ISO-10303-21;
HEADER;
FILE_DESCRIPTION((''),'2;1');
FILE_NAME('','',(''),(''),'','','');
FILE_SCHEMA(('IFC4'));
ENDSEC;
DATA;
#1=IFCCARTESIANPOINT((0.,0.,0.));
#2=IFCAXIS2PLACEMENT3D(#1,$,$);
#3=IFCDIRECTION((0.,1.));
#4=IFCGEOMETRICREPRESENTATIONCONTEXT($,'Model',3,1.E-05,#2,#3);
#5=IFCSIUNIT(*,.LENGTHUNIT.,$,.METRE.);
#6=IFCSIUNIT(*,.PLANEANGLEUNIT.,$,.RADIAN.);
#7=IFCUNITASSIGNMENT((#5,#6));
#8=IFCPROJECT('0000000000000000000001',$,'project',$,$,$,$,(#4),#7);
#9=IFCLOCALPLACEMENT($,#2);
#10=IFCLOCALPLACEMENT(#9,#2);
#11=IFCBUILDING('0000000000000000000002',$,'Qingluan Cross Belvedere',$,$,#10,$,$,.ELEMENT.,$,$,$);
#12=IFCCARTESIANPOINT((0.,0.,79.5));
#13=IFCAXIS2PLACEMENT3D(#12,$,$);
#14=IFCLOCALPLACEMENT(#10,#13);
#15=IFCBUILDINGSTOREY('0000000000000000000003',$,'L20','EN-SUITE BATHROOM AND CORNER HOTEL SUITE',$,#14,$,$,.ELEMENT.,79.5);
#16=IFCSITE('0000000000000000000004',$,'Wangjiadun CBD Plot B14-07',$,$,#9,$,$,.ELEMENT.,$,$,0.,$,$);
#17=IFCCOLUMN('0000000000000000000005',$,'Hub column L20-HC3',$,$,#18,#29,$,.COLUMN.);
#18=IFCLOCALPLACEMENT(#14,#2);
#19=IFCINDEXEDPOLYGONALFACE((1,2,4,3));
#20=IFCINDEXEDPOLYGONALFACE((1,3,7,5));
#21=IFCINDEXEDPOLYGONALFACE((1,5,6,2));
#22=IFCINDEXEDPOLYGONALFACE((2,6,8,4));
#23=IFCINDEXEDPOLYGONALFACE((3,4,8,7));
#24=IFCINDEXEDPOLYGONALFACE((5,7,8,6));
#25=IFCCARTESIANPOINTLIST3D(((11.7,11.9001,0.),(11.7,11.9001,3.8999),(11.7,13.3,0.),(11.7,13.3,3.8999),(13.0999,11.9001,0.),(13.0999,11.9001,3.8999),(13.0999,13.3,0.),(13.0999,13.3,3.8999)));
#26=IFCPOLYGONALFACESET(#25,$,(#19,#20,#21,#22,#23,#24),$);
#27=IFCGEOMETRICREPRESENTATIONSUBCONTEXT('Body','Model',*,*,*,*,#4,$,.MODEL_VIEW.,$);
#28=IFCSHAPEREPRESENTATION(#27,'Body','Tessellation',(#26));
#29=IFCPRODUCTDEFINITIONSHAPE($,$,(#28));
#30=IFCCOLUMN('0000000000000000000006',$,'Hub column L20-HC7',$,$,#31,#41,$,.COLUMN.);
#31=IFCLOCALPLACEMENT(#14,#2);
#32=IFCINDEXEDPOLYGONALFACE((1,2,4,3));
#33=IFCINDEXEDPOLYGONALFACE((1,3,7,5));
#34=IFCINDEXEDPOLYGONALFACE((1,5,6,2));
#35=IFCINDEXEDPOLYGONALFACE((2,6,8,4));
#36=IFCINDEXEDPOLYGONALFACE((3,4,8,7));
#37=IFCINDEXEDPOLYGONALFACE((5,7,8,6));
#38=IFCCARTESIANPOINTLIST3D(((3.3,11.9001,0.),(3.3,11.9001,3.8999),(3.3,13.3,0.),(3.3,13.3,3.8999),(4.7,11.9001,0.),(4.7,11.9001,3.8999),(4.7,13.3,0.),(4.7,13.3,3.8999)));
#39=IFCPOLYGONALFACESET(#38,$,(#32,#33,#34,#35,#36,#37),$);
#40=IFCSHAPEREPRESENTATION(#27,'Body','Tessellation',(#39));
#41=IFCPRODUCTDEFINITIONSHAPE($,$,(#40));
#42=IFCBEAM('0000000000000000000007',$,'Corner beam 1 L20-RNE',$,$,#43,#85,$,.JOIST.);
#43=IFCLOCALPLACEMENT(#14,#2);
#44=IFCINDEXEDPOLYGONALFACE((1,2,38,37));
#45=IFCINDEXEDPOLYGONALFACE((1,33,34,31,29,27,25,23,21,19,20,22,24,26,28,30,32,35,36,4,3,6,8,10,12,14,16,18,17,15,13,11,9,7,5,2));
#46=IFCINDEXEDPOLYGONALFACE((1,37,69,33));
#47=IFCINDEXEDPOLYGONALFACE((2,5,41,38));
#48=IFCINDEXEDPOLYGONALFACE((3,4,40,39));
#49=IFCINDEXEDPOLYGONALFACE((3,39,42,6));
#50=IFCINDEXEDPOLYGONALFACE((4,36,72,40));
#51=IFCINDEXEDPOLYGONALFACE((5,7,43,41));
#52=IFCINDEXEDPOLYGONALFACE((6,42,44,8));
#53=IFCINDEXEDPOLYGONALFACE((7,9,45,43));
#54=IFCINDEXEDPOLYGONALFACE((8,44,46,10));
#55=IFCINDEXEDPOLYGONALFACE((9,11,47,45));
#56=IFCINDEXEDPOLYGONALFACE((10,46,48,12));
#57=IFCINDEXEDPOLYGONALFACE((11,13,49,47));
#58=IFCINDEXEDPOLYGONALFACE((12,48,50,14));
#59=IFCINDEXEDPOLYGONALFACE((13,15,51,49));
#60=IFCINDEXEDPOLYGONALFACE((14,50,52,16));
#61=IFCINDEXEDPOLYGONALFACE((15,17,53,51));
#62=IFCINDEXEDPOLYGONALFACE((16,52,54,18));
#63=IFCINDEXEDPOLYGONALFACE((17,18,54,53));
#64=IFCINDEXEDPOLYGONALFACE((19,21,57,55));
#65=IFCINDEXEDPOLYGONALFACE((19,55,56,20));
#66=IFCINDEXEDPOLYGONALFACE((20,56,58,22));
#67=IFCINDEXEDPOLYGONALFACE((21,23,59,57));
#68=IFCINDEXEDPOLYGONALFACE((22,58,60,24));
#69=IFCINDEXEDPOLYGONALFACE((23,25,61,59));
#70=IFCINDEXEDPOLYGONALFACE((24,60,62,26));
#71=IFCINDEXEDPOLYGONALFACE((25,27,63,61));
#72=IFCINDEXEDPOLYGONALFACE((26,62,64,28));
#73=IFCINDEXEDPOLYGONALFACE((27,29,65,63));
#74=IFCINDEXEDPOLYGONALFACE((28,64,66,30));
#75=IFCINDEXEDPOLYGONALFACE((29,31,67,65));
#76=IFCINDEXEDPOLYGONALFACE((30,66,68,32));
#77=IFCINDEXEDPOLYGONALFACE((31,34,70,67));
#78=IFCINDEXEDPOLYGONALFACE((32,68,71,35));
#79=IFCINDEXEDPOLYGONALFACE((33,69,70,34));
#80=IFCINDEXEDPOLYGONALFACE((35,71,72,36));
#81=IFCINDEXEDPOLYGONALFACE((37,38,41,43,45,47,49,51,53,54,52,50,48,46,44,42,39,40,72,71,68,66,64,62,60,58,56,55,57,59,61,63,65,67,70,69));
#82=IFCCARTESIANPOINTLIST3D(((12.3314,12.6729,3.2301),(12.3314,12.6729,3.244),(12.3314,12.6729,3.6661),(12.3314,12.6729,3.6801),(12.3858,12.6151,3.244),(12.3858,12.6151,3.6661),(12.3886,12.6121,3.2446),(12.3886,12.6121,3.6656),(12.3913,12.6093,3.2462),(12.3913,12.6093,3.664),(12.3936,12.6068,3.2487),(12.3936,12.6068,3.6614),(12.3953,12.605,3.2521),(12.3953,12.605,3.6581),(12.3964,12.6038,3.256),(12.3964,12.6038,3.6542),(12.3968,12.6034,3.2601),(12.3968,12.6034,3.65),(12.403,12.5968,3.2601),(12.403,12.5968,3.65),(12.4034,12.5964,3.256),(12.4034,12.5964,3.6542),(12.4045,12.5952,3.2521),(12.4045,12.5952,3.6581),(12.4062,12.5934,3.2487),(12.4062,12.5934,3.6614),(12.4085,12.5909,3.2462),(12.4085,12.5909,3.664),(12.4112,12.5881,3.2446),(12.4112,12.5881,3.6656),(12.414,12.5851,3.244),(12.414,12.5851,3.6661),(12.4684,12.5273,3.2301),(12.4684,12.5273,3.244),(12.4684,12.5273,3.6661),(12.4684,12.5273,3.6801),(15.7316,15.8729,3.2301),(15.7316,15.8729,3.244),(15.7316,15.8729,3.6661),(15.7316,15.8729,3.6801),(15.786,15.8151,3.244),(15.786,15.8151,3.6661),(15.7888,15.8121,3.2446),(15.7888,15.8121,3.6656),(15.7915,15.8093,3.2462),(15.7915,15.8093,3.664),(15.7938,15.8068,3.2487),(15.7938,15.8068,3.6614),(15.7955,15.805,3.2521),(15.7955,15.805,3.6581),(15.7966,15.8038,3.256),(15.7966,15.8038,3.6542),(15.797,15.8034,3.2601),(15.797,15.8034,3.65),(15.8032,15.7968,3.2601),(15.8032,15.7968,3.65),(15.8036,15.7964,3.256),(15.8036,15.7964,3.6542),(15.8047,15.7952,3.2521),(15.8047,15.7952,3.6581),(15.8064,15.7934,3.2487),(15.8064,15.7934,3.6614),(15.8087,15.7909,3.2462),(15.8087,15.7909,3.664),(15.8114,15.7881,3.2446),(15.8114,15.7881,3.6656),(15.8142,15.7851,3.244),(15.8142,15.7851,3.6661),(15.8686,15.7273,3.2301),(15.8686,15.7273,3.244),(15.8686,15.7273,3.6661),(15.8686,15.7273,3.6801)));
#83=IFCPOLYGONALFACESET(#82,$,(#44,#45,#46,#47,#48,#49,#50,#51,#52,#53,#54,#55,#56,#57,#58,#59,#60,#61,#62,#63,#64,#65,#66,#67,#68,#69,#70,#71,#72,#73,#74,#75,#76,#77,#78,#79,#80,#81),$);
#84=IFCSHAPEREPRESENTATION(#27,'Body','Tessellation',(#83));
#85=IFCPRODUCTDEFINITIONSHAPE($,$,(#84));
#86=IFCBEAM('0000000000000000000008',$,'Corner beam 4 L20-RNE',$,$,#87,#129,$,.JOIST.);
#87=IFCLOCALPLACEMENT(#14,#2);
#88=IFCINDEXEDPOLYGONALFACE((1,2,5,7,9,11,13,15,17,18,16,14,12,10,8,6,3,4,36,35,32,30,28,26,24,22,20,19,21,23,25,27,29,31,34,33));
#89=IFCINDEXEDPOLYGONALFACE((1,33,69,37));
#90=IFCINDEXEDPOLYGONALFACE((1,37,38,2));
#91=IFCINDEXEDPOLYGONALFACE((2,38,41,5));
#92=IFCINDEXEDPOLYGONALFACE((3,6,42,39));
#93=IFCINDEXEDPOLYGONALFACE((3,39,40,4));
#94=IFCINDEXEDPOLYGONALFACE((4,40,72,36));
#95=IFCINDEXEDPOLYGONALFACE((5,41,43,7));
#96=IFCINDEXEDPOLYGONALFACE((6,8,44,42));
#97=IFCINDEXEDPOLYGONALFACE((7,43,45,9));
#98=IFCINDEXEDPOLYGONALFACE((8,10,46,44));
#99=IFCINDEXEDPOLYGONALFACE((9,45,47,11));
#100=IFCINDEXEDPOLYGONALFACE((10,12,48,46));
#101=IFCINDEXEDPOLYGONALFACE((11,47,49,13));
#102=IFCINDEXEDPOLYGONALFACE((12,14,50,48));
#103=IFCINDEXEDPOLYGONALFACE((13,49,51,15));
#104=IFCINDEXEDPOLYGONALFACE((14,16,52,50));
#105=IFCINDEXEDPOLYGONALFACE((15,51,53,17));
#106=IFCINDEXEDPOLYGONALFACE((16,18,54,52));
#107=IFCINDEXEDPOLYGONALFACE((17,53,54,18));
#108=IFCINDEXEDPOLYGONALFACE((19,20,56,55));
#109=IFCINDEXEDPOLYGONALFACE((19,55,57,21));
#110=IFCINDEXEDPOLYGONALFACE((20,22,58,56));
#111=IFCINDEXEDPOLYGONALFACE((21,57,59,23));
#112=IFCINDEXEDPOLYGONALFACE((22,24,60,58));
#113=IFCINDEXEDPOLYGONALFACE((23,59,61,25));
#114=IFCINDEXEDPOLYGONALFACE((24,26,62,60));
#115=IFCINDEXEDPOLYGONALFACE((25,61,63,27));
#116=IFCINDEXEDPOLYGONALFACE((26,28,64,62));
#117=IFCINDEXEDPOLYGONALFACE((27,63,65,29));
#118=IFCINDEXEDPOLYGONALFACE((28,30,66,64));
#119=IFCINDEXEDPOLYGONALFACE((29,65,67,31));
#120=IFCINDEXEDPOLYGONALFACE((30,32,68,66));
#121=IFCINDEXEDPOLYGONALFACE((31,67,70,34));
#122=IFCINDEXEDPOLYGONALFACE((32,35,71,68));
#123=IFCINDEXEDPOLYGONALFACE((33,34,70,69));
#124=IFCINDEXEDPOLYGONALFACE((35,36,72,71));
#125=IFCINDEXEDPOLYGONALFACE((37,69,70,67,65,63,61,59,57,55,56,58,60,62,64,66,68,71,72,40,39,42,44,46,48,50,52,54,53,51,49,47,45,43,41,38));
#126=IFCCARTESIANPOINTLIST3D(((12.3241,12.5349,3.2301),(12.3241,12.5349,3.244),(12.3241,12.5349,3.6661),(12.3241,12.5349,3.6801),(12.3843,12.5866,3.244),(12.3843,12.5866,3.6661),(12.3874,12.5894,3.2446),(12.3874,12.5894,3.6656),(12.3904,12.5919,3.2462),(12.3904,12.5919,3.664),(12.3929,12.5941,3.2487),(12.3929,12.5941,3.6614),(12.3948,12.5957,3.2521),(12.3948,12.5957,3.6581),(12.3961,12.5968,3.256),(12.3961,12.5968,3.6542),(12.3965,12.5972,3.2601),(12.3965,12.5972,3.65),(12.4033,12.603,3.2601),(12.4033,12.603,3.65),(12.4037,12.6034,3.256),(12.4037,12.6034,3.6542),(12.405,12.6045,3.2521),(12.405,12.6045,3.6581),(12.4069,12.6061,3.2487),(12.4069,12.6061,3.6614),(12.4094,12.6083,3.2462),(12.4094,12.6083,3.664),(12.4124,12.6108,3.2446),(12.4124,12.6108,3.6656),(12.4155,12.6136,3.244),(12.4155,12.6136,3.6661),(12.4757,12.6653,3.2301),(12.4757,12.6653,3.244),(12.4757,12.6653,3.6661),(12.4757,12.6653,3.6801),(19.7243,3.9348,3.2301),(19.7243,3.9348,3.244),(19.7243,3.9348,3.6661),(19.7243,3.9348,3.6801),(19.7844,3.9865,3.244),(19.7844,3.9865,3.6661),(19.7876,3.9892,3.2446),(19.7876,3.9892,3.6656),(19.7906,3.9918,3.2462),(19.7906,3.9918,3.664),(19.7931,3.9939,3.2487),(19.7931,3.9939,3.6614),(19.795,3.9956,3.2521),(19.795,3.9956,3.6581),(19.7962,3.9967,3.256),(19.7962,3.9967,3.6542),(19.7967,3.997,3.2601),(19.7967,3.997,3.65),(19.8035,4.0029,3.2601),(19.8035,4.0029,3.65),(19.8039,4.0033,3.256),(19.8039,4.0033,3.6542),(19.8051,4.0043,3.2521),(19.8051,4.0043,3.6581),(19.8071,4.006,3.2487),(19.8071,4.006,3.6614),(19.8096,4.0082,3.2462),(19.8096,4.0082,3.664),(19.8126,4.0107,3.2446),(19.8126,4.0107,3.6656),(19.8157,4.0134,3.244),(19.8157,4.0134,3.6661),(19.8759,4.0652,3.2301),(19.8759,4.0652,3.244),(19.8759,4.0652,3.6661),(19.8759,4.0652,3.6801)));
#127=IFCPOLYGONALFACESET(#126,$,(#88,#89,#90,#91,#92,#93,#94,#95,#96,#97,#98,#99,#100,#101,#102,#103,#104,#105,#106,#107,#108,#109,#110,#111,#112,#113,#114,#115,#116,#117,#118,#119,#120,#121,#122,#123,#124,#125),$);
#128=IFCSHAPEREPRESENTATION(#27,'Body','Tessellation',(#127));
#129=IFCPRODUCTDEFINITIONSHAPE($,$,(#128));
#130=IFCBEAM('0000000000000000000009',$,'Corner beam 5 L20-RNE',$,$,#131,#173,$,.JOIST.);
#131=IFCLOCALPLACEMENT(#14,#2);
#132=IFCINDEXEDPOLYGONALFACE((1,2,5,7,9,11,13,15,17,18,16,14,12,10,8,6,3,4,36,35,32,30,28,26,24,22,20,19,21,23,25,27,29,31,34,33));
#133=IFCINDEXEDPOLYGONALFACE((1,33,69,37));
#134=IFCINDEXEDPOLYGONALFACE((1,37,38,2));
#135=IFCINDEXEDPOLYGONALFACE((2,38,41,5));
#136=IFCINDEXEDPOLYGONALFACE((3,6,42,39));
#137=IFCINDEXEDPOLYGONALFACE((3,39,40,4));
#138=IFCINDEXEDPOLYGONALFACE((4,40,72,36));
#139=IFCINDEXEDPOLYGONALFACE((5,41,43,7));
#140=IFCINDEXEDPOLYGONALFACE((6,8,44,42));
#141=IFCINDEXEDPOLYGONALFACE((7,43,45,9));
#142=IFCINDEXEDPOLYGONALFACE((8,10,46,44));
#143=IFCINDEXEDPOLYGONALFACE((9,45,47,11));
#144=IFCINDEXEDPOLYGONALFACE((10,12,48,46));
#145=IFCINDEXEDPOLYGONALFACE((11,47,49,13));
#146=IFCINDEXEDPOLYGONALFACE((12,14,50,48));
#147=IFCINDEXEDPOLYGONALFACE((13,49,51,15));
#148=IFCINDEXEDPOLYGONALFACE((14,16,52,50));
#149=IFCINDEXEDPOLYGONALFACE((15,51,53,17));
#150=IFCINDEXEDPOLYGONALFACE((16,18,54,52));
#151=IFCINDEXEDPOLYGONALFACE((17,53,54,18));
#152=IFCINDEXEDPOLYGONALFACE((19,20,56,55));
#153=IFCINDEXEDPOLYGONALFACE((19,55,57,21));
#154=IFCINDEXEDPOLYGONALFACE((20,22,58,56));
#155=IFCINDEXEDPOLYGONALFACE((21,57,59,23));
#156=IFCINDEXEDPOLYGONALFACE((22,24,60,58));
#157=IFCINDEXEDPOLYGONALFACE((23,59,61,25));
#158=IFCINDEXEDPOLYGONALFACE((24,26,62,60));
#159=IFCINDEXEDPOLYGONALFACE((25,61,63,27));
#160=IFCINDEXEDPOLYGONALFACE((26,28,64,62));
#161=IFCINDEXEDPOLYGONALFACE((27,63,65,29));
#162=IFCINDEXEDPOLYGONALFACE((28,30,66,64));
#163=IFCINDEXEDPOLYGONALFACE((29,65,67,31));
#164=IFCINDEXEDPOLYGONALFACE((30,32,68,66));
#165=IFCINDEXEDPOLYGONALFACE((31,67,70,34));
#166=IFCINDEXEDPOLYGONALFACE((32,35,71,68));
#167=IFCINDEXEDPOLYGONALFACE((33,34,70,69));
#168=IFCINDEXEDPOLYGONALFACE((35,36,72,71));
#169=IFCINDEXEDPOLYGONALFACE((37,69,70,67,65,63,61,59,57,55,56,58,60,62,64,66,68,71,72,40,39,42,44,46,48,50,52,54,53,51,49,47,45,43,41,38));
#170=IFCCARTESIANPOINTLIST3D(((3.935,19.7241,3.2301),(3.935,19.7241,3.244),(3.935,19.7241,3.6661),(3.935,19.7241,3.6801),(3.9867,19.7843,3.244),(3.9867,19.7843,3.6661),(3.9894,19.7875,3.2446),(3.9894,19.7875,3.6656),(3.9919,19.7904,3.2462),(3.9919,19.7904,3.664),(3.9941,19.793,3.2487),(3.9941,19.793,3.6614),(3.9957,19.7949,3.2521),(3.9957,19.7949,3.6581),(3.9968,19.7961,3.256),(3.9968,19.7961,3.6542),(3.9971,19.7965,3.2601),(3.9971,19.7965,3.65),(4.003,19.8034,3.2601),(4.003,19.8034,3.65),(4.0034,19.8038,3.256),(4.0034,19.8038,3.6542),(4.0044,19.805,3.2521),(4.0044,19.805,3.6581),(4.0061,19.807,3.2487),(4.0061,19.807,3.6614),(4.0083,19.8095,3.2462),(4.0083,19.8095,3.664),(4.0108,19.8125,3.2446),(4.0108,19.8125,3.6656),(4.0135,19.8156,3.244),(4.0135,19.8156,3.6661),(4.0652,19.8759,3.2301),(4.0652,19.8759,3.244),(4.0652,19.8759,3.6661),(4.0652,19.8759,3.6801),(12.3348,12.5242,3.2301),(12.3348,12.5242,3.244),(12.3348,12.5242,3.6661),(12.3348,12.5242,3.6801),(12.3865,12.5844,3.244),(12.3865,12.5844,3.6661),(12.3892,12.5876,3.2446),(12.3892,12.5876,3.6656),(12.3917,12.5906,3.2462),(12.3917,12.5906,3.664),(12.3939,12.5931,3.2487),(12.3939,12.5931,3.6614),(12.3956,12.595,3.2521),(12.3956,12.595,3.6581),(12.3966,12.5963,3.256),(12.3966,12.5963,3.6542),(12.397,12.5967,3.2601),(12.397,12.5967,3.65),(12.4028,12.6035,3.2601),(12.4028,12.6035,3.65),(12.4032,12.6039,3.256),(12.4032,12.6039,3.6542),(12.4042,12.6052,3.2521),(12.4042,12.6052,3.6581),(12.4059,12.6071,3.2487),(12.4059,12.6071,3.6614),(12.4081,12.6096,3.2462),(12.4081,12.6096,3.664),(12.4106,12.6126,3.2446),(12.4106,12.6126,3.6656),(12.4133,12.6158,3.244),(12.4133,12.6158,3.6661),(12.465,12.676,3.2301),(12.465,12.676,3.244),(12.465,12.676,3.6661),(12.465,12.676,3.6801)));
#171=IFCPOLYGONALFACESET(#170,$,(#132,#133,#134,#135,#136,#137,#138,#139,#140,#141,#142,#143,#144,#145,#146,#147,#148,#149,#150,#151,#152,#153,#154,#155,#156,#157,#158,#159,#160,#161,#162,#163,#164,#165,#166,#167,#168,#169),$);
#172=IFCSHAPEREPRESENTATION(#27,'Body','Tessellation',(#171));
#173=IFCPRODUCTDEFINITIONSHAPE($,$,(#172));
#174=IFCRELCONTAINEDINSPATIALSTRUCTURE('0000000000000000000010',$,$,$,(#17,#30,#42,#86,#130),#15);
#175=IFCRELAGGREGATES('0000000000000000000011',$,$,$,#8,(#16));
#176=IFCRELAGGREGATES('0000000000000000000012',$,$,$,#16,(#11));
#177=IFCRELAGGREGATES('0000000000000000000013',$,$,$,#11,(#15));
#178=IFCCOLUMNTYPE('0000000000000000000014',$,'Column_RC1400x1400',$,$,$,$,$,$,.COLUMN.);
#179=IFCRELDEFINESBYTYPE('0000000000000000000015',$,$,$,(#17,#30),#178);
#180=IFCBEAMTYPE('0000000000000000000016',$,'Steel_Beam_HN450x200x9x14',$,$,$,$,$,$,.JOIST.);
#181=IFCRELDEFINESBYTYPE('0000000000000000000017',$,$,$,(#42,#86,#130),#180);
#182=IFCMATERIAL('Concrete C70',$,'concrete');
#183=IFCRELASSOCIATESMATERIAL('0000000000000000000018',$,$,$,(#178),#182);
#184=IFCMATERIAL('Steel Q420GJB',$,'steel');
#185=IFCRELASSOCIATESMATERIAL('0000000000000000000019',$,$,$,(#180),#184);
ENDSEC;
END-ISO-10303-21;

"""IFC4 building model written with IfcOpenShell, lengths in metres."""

from ifc_helpers import new_model, si_unit, direction, frame, origin, origin_2d, place, context, subcontext, project, spatial, rectangle, i_section, extrude, material, material_profile, profile_set, type_object, element, save


model = new_model("IFC4")

# Units and contexts
model_context = context("Model", 3, precision=1e-05, world=origin(), true_north=direction((0.0, 1.0)))
body_context = subcontext(model_context, "Body", "Model", "MODEL_VIEW")
ifc_project = project(units=[si_unit("LENGTHUNIT", "METRE"), si_unit("PLANEANGLEUNIT", "RADIAN")], contexts=[model_context])

# Site, building, storey
site_placement = place(None, origin())
site = spatial("IfcSite", under=ifc_project, at=site_placement, Name="Wangjiadun CBD Plot B14-07", CompositionType="ELEMENT", RefElevation=0.0)
building_placement = place(site_placement, origin())
building = spatial("IfcBuilding", under=site, at=building_placement, Name="Qingluan Cross Belvedere", CompositionType="ELEMENT")
storey_placement = place(building_placement, frame((0.0, 0.0, 79.5)))
storey = spatial("IfcBuildingStorey", under=building, at=storey_placement, Name="L20", Description="EN-SUITE BATHROOM AND CORNER HOTEL SUITE", CompositionType="ELEMENT", Elevation=79.5)

# Columns
ifc_material_1 = material(Name="Concrete C70", Category="concrete")
ifc_material_profile_1 = material_profile(ifc_material_1, rectangle(XDim=1.3999, YDim=1.3999, at=origin_2d()), Name="RC1400x1400")
ifc_profile_set_1 = profile_set([ifc_material_profile_1], Name="Concrete C70")
column_type = type_object("IfcColumnType", Name="Column_RC1400x1400", PredefinedType="COLUMN", material=ifc_profile_set_1)
for number, where, z_axis, x_axis, name in (
    (1, (12.3999, 12.6001, 0.0), (0.0, 0.0, 1.0), (1.0, 0.0, 0.0), "Hub column L20-HC3"),
    (2, (4.0, 12.6001, 0.0), (0.0, 0.0, 1.0), (1.0, 0.0, 0.0), "Hub column L20-HC7"),
):
    element("IfcColumn", number, at=place(storey_placement, frame(where, z_axis=z_axis, x_axis=x_axis)), inside=storey, type_object=column_type, Name=name, PredefinedType="COLUMN", context=body_context, shape_type="SweptSolid", body=[
        extrude(rectangle(XDim=1.3999, YDim=1.3999, at=origin_2d()), origin(), (0.0, 0.0, 1.0), 3.8999),
    ])

# Beams
ifc_material_2 = material(Name="Steel Q420GJB", Category="steel")
ifc_material_profile_2 = material_profile(ifc_material_2, i_section(OverallWidth=0.2, OverallDepth=0.45, WebThickness=0.009, FlangeThickness=0.0139, FilletRadius=0.0161, at=origin_2d()), Name="HN450x200x9x14")
ifc_profile_set_2 = profile_set([ifc_material_profile_2], Name="Steel Q420GJB")
beam_type_1 = type_object("IfcBeamType", Name="Steel_Beam_HN450x200x9x14", PredefinedType="JOIST", material=ifc_profile_set_2)
beam_1_placement = place(storey_placement, frame((12.3999, 12.6001, 3.4551), z_axis=(0.72822, 0.685343, 0.0), x_axis=(-0.685343, 0.72822, 0.0)))
element("IfcBeam", 3, at=beam_1_placement, inside=storey, type_object=beam_type_1, Name="Corner beam 1 L20-RNE", PredefinedType="JOIST", context=body_context, shape_type="SweptSolid", body=[
    extrude(i_section(OverallWidth=0.2, OverallDepth=0.45, WebThickness=0.009, FlangeThickness=0.0139, FilletRadius=0.0161, at=origin_2d()), origin(), (0.0, 0.0, 1.0), 4.6692),
])
beam_2_placement = place(storey_placement, frame((12.3999, 12.6001, 3.4551), z_axis=(0.652245, -0.758008, 0.0), x_axis=(0.758008, 0.652245, 0.0)))
element("IfcBeam", 4, at=beam_2_placement, inside=storey, type_object=beam_type_1, Name="Corner beam 4 L20-RNE", PredefinedType="JOIST", context=body_context, shape_type="SweptSolid", body=[
    extrude(i_section(OverallWidth=0.2, OverallDepth=0.45, WebThickness=0.009, FlangeThickness=0.0139, FilletRadius=0.0161, at=origin_2d()), origin(), (0.0, 0.0, 1.0), 11.3457),
])
beam_3_placement = place(storey_placement, frame((12.3999, 12.6001, 3.4551), z_axis=(-0.759255, 0.650793, 0.0), x_axis=(-0.650793, -0.759255, 0.0)))
element("IfcBeam", 5, at=beam_3_placement, inside=storey, type_object=beam_type_1, Name="Corner beam 5 L20-RNE", PredefinedType="JOIST", context=body_context, shape_type="SweptSolid", body=[
    extrude(i_section(OverallWidth=0.2, OverallDepth=0.45, WebThickness=0.009, FlangeThickness=0.0139, FilletRadius=0.0161, at=origin_2d()), origin(), (0.0, 0.0, 1.0), 11.0632),
])

save(model, "model.ifc")
